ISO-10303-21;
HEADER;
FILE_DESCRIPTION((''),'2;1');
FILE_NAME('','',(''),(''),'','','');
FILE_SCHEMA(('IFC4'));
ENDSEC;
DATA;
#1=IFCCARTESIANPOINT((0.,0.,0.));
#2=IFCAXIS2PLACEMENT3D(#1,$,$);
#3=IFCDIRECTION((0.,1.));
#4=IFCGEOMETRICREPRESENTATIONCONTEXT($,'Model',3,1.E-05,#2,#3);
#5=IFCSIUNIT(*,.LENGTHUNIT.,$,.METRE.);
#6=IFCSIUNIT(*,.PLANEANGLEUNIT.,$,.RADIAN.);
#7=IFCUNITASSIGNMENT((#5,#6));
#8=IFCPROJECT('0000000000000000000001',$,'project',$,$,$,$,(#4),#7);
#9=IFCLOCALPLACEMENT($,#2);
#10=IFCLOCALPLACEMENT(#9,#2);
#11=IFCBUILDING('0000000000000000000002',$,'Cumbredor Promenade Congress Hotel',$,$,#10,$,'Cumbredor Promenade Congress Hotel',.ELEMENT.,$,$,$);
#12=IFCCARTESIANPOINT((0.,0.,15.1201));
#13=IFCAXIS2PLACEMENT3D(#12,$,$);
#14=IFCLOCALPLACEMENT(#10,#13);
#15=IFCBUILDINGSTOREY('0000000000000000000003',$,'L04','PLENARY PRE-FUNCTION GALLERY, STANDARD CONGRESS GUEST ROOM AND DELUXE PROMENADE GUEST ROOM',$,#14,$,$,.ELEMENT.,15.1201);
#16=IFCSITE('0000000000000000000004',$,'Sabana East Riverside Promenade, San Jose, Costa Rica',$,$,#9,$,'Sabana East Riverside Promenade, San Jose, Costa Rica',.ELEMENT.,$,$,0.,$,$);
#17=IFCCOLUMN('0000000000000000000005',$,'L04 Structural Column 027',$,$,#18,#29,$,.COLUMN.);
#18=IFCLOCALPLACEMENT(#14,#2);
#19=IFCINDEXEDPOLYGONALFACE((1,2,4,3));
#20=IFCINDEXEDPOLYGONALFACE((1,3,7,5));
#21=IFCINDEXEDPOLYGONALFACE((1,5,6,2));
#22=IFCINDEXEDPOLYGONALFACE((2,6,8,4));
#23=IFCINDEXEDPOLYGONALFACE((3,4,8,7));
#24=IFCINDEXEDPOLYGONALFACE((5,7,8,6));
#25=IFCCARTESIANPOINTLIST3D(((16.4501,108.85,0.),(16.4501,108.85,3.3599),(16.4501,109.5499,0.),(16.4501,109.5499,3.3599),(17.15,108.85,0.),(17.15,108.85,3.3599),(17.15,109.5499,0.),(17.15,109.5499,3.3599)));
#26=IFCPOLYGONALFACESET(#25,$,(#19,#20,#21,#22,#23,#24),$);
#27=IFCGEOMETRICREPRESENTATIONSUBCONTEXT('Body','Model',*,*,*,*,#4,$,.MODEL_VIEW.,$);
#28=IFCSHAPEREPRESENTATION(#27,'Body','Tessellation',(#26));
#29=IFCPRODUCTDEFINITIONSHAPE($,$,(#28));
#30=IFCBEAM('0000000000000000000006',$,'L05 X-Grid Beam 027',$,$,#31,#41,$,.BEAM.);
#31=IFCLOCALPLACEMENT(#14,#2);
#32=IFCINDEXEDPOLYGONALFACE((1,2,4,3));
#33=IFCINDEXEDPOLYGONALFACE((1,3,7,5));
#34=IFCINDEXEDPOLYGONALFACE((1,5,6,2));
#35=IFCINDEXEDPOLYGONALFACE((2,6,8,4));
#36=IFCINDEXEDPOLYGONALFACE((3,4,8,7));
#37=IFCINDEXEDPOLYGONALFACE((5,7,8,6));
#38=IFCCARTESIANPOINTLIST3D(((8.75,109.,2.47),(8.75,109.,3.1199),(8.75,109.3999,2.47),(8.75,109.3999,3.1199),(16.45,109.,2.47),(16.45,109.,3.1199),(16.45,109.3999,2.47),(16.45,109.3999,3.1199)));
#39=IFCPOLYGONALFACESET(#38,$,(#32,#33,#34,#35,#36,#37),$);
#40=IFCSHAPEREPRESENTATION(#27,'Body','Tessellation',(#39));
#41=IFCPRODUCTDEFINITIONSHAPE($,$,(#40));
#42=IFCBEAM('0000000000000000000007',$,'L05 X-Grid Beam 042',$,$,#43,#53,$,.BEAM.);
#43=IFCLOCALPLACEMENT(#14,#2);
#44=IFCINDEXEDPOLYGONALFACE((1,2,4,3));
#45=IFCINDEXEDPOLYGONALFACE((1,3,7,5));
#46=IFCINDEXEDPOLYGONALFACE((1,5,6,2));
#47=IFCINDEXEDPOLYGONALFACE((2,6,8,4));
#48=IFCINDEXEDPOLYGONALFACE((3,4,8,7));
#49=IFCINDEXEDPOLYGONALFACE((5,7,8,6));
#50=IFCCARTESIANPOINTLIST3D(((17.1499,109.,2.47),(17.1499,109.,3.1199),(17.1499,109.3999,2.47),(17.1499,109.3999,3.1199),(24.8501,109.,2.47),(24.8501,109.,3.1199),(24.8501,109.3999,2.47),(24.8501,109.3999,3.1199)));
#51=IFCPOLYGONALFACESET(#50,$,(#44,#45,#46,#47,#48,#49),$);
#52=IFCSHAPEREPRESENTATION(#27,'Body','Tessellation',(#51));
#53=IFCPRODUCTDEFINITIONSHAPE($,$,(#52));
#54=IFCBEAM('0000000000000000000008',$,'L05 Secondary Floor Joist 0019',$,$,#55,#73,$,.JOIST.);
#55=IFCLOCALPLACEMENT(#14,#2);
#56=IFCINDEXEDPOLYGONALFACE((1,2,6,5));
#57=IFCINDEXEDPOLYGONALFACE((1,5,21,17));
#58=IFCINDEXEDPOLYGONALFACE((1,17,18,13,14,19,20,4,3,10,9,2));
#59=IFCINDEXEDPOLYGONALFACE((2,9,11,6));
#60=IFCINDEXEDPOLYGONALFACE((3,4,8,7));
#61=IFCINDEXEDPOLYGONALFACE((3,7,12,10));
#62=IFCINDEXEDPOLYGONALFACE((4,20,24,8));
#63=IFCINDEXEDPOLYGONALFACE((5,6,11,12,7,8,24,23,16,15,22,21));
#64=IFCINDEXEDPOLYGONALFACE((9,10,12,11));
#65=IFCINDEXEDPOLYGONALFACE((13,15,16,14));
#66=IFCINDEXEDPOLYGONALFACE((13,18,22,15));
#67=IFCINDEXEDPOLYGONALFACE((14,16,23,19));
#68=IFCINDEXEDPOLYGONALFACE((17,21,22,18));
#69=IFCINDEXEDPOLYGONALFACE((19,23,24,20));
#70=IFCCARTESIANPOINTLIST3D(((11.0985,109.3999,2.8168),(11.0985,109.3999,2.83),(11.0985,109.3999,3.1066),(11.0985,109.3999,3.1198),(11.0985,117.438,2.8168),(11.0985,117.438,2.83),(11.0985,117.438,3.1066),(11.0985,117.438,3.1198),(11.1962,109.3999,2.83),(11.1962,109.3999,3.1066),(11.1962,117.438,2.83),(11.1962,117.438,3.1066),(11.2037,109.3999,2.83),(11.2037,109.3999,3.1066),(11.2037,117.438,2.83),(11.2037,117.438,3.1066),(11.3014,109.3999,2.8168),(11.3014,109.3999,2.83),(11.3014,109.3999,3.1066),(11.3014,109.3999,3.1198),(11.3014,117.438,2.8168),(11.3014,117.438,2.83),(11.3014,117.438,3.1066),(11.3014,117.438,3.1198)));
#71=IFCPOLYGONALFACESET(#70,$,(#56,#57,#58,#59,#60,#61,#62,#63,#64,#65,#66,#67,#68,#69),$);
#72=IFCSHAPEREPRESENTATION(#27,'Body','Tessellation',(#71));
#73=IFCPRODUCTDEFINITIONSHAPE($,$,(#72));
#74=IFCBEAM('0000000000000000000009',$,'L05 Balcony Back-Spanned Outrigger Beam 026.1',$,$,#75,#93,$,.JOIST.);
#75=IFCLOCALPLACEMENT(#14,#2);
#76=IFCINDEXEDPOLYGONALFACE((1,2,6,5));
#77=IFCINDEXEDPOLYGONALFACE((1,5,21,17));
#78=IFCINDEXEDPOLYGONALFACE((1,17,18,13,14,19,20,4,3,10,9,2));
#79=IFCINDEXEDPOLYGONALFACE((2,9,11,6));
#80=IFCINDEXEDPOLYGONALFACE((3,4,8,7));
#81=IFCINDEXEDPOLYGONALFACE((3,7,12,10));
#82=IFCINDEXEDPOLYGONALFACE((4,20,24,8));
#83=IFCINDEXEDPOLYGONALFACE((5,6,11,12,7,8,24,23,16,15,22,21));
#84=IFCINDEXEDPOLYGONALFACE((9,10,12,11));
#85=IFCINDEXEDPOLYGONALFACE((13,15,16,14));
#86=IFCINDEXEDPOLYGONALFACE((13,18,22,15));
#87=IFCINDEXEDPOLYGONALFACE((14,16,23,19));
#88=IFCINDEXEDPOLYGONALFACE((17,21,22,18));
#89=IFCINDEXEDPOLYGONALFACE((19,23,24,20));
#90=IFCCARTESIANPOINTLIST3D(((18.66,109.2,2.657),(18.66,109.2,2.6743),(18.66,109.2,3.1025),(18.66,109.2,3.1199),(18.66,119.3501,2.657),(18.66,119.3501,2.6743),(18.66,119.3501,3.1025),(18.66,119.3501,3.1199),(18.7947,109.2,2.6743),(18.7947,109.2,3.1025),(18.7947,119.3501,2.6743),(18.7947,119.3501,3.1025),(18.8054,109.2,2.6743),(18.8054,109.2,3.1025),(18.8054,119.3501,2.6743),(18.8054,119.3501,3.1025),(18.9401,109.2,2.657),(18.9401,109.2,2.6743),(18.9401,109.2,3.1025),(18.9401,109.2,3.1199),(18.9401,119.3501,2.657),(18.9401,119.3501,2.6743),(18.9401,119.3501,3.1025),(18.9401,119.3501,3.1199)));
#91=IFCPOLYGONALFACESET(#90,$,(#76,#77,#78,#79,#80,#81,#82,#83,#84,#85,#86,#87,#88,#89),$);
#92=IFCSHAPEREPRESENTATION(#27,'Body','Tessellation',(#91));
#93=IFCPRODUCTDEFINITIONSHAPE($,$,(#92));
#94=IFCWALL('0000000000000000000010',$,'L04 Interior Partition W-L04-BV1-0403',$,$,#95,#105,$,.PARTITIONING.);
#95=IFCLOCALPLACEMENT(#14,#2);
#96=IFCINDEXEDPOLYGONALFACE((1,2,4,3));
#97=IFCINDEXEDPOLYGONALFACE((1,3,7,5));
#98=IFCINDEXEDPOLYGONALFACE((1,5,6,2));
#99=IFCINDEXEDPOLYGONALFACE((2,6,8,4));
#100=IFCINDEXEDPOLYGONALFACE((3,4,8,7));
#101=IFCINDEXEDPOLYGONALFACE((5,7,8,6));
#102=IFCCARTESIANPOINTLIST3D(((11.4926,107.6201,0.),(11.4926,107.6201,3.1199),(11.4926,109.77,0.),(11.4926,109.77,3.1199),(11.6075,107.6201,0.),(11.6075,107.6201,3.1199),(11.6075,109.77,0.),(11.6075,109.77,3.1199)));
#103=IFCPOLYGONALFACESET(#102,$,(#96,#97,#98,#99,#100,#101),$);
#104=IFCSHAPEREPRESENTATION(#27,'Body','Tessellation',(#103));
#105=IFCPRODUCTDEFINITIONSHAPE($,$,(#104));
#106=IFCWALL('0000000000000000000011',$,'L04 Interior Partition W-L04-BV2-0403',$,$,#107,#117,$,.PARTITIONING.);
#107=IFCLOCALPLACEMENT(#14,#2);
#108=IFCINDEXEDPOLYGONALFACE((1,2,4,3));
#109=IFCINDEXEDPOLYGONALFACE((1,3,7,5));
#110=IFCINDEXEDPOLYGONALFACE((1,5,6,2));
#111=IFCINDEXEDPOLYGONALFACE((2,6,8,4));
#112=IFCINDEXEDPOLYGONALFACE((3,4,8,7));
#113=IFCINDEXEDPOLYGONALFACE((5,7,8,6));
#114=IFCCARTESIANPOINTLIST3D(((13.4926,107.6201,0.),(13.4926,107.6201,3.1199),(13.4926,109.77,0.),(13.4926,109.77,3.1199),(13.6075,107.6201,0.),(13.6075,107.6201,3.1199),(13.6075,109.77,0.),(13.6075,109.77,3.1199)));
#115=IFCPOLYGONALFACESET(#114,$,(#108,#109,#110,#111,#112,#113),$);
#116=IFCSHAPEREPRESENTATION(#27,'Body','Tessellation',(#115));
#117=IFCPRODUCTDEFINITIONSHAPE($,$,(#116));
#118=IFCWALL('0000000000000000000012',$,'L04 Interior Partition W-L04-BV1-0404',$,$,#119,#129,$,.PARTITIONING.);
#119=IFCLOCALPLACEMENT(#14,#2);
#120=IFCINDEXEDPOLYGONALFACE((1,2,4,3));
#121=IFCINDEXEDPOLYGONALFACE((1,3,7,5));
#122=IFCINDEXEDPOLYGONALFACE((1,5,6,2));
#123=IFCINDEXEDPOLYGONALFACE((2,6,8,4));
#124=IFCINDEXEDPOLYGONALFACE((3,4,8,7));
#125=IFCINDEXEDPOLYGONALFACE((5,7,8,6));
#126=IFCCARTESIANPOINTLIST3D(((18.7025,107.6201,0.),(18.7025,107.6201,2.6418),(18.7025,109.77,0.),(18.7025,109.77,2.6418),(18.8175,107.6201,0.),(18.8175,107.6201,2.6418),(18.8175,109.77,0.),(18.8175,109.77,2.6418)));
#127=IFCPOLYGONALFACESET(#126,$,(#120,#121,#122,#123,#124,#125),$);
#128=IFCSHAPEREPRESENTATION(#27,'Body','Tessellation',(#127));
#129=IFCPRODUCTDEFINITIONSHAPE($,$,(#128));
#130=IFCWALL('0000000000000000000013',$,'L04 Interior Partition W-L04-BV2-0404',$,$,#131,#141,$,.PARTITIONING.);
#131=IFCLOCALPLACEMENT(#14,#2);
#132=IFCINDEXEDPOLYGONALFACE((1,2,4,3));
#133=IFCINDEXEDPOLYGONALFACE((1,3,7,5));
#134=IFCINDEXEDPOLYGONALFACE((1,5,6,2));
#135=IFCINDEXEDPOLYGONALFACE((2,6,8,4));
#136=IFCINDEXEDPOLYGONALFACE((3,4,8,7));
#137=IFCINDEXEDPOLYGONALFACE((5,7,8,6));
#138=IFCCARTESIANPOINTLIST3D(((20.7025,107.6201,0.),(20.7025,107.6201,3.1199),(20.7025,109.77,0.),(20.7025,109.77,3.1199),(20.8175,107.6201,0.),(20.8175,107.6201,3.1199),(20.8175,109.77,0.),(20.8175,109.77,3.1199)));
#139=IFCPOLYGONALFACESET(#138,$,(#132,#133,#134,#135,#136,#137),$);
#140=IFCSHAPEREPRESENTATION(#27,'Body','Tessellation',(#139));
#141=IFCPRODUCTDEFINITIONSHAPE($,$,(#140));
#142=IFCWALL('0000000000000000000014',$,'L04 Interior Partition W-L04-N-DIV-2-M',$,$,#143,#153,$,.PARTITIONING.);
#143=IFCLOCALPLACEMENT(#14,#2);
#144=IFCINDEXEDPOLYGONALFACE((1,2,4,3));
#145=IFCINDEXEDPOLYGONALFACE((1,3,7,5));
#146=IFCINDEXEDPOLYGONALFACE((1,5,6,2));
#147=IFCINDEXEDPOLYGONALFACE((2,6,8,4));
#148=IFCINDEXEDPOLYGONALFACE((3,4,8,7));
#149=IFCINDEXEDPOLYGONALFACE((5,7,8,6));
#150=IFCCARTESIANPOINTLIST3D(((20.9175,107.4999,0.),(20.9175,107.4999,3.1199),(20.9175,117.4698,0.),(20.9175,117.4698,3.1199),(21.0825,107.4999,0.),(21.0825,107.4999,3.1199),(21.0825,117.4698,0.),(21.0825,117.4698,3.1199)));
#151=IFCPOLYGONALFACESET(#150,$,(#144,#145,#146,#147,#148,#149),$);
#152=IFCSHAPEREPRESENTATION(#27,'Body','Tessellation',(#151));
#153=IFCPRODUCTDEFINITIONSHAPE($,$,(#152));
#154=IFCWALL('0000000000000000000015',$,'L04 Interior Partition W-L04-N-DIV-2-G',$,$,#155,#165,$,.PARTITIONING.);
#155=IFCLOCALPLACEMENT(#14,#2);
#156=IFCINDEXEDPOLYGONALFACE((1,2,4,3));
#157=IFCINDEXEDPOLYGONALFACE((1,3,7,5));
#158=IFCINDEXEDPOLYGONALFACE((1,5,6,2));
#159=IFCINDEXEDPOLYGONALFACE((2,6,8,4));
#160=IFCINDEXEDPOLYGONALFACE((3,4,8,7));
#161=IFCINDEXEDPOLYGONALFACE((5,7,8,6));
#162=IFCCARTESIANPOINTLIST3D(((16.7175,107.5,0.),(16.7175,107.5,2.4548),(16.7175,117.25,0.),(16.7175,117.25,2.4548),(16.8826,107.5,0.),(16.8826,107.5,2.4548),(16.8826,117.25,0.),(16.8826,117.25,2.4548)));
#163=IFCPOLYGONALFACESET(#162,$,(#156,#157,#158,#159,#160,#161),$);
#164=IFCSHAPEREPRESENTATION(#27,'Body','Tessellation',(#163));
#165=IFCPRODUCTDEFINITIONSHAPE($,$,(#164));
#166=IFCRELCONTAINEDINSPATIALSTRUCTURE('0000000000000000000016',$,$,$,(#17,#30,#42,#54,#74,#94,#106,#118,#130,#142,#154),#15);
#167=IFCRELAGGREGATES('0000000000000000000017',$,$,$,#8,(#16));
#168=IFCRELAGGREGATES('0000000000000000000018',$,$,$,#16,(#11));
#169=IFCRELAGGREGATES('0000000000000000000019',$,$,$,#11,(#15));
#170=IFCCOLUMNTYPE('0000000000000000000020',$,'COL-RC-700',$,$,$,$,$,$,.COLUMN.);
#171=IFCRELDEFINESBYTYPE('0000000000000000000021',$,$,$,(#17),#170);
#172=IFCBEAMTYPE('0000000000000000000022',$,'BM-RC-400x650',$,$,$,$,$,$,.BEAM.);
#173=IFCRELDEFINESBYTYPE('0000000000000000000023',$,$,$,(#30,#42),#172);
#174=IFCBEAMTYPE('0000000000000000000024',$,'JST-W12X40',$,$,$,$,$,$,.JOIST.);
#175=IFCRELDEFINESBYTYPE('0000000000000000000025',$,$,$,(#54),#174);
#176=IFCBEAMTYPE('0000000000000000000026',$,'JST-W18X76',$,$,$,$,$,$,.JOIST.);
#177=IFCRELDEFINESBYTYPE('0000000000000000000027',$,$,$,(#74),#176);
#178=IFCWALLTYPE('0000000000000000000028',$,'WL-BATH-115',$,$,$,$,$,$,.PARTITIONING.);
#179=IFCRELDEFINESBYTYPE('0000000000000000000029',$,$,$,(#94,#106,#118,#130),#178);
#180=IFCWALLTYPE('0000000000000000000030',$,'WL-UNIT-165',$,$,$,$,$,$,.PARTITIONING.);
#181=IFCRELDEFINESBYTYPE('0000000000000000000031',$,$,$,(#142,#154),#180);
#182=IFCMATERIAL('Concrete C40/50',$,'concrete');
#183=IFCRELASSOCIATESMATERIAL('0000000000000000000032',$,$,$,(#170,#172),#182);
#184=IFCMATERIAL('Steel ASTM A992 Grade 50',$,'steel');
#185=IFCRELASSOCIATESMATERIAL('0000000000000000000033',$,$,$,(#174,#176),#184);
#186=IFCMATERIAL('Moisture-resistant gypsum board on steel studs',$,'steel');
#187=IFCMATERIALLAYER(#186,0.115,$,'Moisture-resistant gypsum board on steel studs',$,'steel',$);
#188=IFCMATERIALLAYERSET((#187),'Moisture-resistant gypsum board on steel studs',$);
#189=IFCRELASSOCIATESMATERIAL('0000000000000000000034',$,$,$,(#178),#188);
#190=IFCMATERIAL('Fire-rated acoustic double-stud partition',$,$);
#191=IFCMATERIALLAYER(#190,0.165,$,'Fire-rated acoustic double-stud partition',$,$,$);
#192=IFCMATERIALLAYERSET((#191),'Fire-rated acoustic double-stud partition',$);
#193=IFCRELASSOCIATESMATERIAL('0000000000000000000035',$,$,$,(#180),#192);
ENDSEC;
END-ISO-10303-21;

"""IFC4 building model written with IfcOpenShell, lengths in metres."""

from ifc_helpers import new_model, si_unit, direction, frame, frame_2d, origin, origin_2d, place, context, subcontext, project, spatial, rectangle, i_section, extrude, material, layer, layer_set, material_profile, profile_set, type_object, element, save


model = new_model("IFC4")

# Units and contexts
model_context = context("Model", 3, precision=1e-05, world=origin(), true_north=direction((0.0, 1.0)))
body_context = subcontext(model_context, "Body", "Model", "MODEL_VIEW")
ifc_project = project(units=[si_unit("LENGTHUNIT", "METRE"), si_unit("PLANEANGLEUNIT", "RADIAN")], contexts=[model_context])

# Site, building, storey
site_placement = place(None, origin())
site = spatial("IfcSite", under=ifc_project, at=site_placement, Name="Sabana East Riverside Promenade, San Jose, Costa Rica", LongName="Sabana East Riverside Promenade, San Jose, Costa Rica", CompositionType="ELEMENT", RefElevation=0.0)
building_placement = place(site_placement, origin())
building = spatial("IfcBuilding", under=site, at=building_placement, Name="Cumbredor Promenade Congress Hotel", LongName="Cumbredor Promenade Congress Hotel", CompositionType="ELEMENT")
storey_placement = place(building_placement, frame((0.0, 0.0, 15.1201)))
storey = spatial("IfcBuildingStorey", under=building, at=storey_placement, Name="L04", Description="PLENARY PRE-FUNCTION GALLERY, STANDARD CONGRESS GUEST ROOM AND DELUXE PROMENADE GUEST ROOM", CompositionType="ELEMENT", Elevation=15.1201)

# Column
ifc_material_1 = material(Name="Concrete C40/50", Category="concrete")
ifc_material_profile_1 = material_profile(ifc_material_1, rectangle(XDim=0.7, YDim=0.7, at=origin_2d()), Name="RC 700x700")
ifc_profile_set_1 = profile_set([ifc_material_profile_1], Name="Concrete C40/50")
column_type = type_object("IfcColumnType", Name="COL-RC-700", PredefinedType="COLUMN", material=ifc_profile_set_1)
column_placement = place(storey_placement, frame((16.8, 109.2, 0.0), z_axis=(0.0, 0.0, 1.0), x_axis=(1.0, 0.0, 0.0)))
element("IfcColumn", 1, at=column_placement, inside=storey, type_object=column_type, Name="L04 Structural Column 027", PredefinedType="COLUMN", context=body_context, shape_type="SweptSolid", body=[
    extrude(rectangle(XDim=0.7, YDim=0.7, at=origin_2d()), origin(), (0.0, 0.0, 1.0), 3.3599),
])

# Beams
ifc_material_profile_2 = material_profile(ifc_material_1, rectangle(XDim=0.3999, YDim=0.6499, at=origin_2d()), Name="RC BEAM 400x650")
ifc_profile_set_2 = profile_set([ifc_material_profile_2], Name="Concrete C40/50")
beam_type_1 = type_object("IfcBeamType", Name="BM-RC-400x650", PredefinedType="BEAM", material=ifc_profile_set_2)
beam_1_placement = place(storey_placement, frame((8.75, 109.2, 2.7949), z_axis=(1.0, 0.0, 0.0), x_axis=(0.0, 1.0, 0.0)))
element("IfcBeam", 2, at=beam_1_placement, inside=storey, type_object=beam_type_1, Name="L05 X-Grid Beam 027", PredefinedType="BEAM", context=body_context, shape_type="SweptSolid", body=[
    extrude(rectangle(XDim=0.3999, YDim=0.6499, at=origin_2d()), origin(), (0.0, 0.0, 1.0), 7.7),
])
beam_2_placement = place(storey_placement, frame((17.1499, 109.2, 2.7949), z_axis=(1.0, 0.0, 0.0), x_axis=(0.0, 1.0, 0.0)))
element("IfcBeam", 3, at=beam_2_placement, inside=storey, type_object=beam_type_1, Name="L05 X-Grid Beam 042", PredefinedType="BEAM", context=body_context, shape_type="SweptSolid", body=[
    extrude(rectangle(XDim=0.3999, YDim=0.6499, at=origin_2d()), origin(), (0.0, 0.0, 1.0), 7.7002),
])
ifc_material_2 = material(Name="Steel ASTM A992 Grade 50", Category="steel")
ifc_material_profile_3 = material_profile(ifc_material_2, i_section(OverallWidth=0.2029, OverallDepth=0.303, WebThickness=0.0076, FlangeThickness=0.0132, at=origin_2d()), Name="W12X40")
ifc_profile_set_3 = profile_set([ifc_material_profile_3], Name="Steel ASTM A992 Grade 50")
beam_type_2 = type_object("IfcBeamType", Name="JST-W12X40", PredefinedType="JOIST", material=ifc_profile_set_3)
beam_3_placement = place(storey_placement, frame((11.2, 109.3999, 2.9683), z_axis=(0.0, 1.0, 0.0), x_axis=(-1.0, 0.0, 0.0)))
element("IfcBeam", 4, at=beam_3_placement, inside=storey, type_object=beam_type_2, Name="L05 Secondary Floor Joist 0019", PredefinedType="JOIST", context=body_context, shape_type="SweptSolid", body=[
    extrude(i_section(OverallWidth=0.2029, OverallDepth=0.303, WebThickness=0.0076, FlangeThickness=0.0132, at=origin_2d()), origin(), (0.0, 0.0, 1.0), 8.0381),
])
ifc_material_profile_4 = material_profile(ifc_material_2, i_section(OverallWidth=0.28, OverallDepth=0.4629, WebThickness=0.0107, FlangeThickness=0.0173, at=origin_2d()), Name="W18X76")
ifc_profile_set_4 = profile_set([ifc_material_profile_4], Name="Steel ASTM A992 Grade 50")
beam_type_3 = type_object("IfcBeamType", Name="JST-W18X76", PredefinedType="JOIST", material=ifc_profile_set_4)
beam_4_placement = place(storey_placement, frame((18.8, 109.2, 2.8884), z_axis=(0.0, 1.0, 0.0), x_axis=(-1.0, 0.0, 0.0)))
element("IfcBeam", 5, at=beam_4_placement, inside=storey, type_object=beam_type_3, Name="L05 Balcony Back-Spanned Outrigger Beam 026.1", PredefinedType="JOIST", context=body_context, shape_type="SweptSolid", body=[
    extrude(i_section(OverallWidth=0.28, OverallDepth=0.4629, WebThickness=0.0107, FlangeThickness=0.0173, at=origin_2d()), origin(), (0.0, 0.0, 1.0), 10.1501),
])

# Walls
ifc_material_3 = material(Name="Moisture-resistant gypsum board on steel studs", Category="steel")
ifc_layer_1 = layer(ifc_material_3, 0.115, Name="Moisture-resistant gypsum board on steel studs", Category="steel")
ifc_layer_set_1 = layer_set([ifc_layer_1], Name="Moisture-resistant gypsum board on steel studs")
wall_type_1 = type_object("IfcWallType", Name="WL-BATH-115", PredefinedType="PARTITIONING", material=ifc_layer_set_1)
for number, where, z_axis, x_axis, name in (
    (6, (11.55, 107.6201, 0.0), (0.0, 0.0, 1.0), (0.0, 1.0, 0.0), "L04 Interior Partition W-L04-BV1-0403"),
    (7, (13.55, 107.6201, 0.0), (0.0, 0.0, 1.0), (0.0, 1.0, 0.0), "L04 Interior Partition W-L04-BV2-0403"),
):
    element("IfcWall", number, at=place(storey_placement, frame(where, z_axis=z_axis, x_axis=x_axis)), inside=storey, type_object=wall_type_1, Name=name, PredefinedType="PARTITIONING", context=body_context, shape_type="SweptSolid", body=[
        extrude(rectangle(XDim=2.1499, YDim=0.115, at=frame_2d((1.075, 0.0))), origin(), (0.0, 0.0, 1.0), 3.1199),
    ])
wall_1_placement = place(storey_placement, frame((18.76, 107.6201, 0.0), z_axis=(0.0, 0.0, 1.0), x_axis=(0.0, 1.0, 0.0)))
element("IfcWall", 8, at=wall_1_placement, inside=storey, type_object=wall_type_1, Name="L04 Interior Partition W-L04-BV1-0404", PredefinedType="PARTITIONING", context=body_context, shape_type="SweptSolid", body=[
    extrude(rectangle(XDim=2.1499, YDim=0.115, at=frame_2d((1.075, 0.0))), origin(), (0.0, 0.0, 1.0), 2.6418),
])
wall_2_placement = place(storey_placement, frame((20.76, 107.6201, 0.0), z_axis=(0.0, 0.0, 1.0), x_axis=(0.0, 1.0, 0.0)))
element("IfcWall", 9, at=wall_2_placement, inside=storey, type_object=wall_type_1, Name="L04 Interior Partition W-L04-BV2-0404", PredefinedType="PARTITIONING", context=body_context, shape_type="SweptSolid", body=[
    extrude(rectangle(XDim=2.1499, YDim=0.115, at=frame_2d((1.075, 0.0))), origin(), (0.0, 0.0, 1.0), 3.1199),
])

# Walls
ifc_material_4 = material(Name="Fire-rated acoustic double-stud partition")
ifc_layer_2 = layer(ifc_material_4, 0.165, Name="Fire-rated acoustic double-stud partition")
ifc_layer_set_2 = layer_set([ifc_layer_2], Name="Fire-rated acoustic double-stud partition")
wall_type_2 = type_object("IfcWallType", Name="WL-UNIT-165", PredefinedType="PARTITIONING", material=ifc_layer_set_2)
wall_3_placement = place(storey_placement, frame((21.0, 107.5, 0.0), z_axis=(0.0, 0.0, 1.0), x_axis=(0.0, 1.0, 0.0)))
element("IfcWall", 10, at=wall_3_placement, inside=storey, type_object=wall_type_2, Name="L04 Interior Partition W-L04-N-DIV-2-M", PredefinedType="PARTITIONING", context=body_context, shape_type="SweptSolid", body=[
    extrude(rectangle(XDim=9.97, YDim=0.165, at=frame_2d((4.9849, 0.0))), origin(), (0.0, 0.0, 1.0), 3.1199),
])
wall_4_placement = place(storey_placement, frame((16.8, 107.5, 0.0), z_axis=(0.0, 0.0, 1.0), x_axis=(0.0, 1.0, 0.0)))
element("IfcWall", 11, at=wall_4_placement, inside=storey, type_object=wall_type_2, Name="L04 Interior Partition W-L04-N-DIV-2-G", PredefinedType="PARTITIONING", context=body_context, shape_type="SweptSolid", body=[
    extrude(rectangle(XDim=9.75, YDim=0.165, at=frame_2d((4.875, 0.0))), origin(), (0.0, 0.0, 1.0), 2.4548),
])

save(model, "model.ifc")
